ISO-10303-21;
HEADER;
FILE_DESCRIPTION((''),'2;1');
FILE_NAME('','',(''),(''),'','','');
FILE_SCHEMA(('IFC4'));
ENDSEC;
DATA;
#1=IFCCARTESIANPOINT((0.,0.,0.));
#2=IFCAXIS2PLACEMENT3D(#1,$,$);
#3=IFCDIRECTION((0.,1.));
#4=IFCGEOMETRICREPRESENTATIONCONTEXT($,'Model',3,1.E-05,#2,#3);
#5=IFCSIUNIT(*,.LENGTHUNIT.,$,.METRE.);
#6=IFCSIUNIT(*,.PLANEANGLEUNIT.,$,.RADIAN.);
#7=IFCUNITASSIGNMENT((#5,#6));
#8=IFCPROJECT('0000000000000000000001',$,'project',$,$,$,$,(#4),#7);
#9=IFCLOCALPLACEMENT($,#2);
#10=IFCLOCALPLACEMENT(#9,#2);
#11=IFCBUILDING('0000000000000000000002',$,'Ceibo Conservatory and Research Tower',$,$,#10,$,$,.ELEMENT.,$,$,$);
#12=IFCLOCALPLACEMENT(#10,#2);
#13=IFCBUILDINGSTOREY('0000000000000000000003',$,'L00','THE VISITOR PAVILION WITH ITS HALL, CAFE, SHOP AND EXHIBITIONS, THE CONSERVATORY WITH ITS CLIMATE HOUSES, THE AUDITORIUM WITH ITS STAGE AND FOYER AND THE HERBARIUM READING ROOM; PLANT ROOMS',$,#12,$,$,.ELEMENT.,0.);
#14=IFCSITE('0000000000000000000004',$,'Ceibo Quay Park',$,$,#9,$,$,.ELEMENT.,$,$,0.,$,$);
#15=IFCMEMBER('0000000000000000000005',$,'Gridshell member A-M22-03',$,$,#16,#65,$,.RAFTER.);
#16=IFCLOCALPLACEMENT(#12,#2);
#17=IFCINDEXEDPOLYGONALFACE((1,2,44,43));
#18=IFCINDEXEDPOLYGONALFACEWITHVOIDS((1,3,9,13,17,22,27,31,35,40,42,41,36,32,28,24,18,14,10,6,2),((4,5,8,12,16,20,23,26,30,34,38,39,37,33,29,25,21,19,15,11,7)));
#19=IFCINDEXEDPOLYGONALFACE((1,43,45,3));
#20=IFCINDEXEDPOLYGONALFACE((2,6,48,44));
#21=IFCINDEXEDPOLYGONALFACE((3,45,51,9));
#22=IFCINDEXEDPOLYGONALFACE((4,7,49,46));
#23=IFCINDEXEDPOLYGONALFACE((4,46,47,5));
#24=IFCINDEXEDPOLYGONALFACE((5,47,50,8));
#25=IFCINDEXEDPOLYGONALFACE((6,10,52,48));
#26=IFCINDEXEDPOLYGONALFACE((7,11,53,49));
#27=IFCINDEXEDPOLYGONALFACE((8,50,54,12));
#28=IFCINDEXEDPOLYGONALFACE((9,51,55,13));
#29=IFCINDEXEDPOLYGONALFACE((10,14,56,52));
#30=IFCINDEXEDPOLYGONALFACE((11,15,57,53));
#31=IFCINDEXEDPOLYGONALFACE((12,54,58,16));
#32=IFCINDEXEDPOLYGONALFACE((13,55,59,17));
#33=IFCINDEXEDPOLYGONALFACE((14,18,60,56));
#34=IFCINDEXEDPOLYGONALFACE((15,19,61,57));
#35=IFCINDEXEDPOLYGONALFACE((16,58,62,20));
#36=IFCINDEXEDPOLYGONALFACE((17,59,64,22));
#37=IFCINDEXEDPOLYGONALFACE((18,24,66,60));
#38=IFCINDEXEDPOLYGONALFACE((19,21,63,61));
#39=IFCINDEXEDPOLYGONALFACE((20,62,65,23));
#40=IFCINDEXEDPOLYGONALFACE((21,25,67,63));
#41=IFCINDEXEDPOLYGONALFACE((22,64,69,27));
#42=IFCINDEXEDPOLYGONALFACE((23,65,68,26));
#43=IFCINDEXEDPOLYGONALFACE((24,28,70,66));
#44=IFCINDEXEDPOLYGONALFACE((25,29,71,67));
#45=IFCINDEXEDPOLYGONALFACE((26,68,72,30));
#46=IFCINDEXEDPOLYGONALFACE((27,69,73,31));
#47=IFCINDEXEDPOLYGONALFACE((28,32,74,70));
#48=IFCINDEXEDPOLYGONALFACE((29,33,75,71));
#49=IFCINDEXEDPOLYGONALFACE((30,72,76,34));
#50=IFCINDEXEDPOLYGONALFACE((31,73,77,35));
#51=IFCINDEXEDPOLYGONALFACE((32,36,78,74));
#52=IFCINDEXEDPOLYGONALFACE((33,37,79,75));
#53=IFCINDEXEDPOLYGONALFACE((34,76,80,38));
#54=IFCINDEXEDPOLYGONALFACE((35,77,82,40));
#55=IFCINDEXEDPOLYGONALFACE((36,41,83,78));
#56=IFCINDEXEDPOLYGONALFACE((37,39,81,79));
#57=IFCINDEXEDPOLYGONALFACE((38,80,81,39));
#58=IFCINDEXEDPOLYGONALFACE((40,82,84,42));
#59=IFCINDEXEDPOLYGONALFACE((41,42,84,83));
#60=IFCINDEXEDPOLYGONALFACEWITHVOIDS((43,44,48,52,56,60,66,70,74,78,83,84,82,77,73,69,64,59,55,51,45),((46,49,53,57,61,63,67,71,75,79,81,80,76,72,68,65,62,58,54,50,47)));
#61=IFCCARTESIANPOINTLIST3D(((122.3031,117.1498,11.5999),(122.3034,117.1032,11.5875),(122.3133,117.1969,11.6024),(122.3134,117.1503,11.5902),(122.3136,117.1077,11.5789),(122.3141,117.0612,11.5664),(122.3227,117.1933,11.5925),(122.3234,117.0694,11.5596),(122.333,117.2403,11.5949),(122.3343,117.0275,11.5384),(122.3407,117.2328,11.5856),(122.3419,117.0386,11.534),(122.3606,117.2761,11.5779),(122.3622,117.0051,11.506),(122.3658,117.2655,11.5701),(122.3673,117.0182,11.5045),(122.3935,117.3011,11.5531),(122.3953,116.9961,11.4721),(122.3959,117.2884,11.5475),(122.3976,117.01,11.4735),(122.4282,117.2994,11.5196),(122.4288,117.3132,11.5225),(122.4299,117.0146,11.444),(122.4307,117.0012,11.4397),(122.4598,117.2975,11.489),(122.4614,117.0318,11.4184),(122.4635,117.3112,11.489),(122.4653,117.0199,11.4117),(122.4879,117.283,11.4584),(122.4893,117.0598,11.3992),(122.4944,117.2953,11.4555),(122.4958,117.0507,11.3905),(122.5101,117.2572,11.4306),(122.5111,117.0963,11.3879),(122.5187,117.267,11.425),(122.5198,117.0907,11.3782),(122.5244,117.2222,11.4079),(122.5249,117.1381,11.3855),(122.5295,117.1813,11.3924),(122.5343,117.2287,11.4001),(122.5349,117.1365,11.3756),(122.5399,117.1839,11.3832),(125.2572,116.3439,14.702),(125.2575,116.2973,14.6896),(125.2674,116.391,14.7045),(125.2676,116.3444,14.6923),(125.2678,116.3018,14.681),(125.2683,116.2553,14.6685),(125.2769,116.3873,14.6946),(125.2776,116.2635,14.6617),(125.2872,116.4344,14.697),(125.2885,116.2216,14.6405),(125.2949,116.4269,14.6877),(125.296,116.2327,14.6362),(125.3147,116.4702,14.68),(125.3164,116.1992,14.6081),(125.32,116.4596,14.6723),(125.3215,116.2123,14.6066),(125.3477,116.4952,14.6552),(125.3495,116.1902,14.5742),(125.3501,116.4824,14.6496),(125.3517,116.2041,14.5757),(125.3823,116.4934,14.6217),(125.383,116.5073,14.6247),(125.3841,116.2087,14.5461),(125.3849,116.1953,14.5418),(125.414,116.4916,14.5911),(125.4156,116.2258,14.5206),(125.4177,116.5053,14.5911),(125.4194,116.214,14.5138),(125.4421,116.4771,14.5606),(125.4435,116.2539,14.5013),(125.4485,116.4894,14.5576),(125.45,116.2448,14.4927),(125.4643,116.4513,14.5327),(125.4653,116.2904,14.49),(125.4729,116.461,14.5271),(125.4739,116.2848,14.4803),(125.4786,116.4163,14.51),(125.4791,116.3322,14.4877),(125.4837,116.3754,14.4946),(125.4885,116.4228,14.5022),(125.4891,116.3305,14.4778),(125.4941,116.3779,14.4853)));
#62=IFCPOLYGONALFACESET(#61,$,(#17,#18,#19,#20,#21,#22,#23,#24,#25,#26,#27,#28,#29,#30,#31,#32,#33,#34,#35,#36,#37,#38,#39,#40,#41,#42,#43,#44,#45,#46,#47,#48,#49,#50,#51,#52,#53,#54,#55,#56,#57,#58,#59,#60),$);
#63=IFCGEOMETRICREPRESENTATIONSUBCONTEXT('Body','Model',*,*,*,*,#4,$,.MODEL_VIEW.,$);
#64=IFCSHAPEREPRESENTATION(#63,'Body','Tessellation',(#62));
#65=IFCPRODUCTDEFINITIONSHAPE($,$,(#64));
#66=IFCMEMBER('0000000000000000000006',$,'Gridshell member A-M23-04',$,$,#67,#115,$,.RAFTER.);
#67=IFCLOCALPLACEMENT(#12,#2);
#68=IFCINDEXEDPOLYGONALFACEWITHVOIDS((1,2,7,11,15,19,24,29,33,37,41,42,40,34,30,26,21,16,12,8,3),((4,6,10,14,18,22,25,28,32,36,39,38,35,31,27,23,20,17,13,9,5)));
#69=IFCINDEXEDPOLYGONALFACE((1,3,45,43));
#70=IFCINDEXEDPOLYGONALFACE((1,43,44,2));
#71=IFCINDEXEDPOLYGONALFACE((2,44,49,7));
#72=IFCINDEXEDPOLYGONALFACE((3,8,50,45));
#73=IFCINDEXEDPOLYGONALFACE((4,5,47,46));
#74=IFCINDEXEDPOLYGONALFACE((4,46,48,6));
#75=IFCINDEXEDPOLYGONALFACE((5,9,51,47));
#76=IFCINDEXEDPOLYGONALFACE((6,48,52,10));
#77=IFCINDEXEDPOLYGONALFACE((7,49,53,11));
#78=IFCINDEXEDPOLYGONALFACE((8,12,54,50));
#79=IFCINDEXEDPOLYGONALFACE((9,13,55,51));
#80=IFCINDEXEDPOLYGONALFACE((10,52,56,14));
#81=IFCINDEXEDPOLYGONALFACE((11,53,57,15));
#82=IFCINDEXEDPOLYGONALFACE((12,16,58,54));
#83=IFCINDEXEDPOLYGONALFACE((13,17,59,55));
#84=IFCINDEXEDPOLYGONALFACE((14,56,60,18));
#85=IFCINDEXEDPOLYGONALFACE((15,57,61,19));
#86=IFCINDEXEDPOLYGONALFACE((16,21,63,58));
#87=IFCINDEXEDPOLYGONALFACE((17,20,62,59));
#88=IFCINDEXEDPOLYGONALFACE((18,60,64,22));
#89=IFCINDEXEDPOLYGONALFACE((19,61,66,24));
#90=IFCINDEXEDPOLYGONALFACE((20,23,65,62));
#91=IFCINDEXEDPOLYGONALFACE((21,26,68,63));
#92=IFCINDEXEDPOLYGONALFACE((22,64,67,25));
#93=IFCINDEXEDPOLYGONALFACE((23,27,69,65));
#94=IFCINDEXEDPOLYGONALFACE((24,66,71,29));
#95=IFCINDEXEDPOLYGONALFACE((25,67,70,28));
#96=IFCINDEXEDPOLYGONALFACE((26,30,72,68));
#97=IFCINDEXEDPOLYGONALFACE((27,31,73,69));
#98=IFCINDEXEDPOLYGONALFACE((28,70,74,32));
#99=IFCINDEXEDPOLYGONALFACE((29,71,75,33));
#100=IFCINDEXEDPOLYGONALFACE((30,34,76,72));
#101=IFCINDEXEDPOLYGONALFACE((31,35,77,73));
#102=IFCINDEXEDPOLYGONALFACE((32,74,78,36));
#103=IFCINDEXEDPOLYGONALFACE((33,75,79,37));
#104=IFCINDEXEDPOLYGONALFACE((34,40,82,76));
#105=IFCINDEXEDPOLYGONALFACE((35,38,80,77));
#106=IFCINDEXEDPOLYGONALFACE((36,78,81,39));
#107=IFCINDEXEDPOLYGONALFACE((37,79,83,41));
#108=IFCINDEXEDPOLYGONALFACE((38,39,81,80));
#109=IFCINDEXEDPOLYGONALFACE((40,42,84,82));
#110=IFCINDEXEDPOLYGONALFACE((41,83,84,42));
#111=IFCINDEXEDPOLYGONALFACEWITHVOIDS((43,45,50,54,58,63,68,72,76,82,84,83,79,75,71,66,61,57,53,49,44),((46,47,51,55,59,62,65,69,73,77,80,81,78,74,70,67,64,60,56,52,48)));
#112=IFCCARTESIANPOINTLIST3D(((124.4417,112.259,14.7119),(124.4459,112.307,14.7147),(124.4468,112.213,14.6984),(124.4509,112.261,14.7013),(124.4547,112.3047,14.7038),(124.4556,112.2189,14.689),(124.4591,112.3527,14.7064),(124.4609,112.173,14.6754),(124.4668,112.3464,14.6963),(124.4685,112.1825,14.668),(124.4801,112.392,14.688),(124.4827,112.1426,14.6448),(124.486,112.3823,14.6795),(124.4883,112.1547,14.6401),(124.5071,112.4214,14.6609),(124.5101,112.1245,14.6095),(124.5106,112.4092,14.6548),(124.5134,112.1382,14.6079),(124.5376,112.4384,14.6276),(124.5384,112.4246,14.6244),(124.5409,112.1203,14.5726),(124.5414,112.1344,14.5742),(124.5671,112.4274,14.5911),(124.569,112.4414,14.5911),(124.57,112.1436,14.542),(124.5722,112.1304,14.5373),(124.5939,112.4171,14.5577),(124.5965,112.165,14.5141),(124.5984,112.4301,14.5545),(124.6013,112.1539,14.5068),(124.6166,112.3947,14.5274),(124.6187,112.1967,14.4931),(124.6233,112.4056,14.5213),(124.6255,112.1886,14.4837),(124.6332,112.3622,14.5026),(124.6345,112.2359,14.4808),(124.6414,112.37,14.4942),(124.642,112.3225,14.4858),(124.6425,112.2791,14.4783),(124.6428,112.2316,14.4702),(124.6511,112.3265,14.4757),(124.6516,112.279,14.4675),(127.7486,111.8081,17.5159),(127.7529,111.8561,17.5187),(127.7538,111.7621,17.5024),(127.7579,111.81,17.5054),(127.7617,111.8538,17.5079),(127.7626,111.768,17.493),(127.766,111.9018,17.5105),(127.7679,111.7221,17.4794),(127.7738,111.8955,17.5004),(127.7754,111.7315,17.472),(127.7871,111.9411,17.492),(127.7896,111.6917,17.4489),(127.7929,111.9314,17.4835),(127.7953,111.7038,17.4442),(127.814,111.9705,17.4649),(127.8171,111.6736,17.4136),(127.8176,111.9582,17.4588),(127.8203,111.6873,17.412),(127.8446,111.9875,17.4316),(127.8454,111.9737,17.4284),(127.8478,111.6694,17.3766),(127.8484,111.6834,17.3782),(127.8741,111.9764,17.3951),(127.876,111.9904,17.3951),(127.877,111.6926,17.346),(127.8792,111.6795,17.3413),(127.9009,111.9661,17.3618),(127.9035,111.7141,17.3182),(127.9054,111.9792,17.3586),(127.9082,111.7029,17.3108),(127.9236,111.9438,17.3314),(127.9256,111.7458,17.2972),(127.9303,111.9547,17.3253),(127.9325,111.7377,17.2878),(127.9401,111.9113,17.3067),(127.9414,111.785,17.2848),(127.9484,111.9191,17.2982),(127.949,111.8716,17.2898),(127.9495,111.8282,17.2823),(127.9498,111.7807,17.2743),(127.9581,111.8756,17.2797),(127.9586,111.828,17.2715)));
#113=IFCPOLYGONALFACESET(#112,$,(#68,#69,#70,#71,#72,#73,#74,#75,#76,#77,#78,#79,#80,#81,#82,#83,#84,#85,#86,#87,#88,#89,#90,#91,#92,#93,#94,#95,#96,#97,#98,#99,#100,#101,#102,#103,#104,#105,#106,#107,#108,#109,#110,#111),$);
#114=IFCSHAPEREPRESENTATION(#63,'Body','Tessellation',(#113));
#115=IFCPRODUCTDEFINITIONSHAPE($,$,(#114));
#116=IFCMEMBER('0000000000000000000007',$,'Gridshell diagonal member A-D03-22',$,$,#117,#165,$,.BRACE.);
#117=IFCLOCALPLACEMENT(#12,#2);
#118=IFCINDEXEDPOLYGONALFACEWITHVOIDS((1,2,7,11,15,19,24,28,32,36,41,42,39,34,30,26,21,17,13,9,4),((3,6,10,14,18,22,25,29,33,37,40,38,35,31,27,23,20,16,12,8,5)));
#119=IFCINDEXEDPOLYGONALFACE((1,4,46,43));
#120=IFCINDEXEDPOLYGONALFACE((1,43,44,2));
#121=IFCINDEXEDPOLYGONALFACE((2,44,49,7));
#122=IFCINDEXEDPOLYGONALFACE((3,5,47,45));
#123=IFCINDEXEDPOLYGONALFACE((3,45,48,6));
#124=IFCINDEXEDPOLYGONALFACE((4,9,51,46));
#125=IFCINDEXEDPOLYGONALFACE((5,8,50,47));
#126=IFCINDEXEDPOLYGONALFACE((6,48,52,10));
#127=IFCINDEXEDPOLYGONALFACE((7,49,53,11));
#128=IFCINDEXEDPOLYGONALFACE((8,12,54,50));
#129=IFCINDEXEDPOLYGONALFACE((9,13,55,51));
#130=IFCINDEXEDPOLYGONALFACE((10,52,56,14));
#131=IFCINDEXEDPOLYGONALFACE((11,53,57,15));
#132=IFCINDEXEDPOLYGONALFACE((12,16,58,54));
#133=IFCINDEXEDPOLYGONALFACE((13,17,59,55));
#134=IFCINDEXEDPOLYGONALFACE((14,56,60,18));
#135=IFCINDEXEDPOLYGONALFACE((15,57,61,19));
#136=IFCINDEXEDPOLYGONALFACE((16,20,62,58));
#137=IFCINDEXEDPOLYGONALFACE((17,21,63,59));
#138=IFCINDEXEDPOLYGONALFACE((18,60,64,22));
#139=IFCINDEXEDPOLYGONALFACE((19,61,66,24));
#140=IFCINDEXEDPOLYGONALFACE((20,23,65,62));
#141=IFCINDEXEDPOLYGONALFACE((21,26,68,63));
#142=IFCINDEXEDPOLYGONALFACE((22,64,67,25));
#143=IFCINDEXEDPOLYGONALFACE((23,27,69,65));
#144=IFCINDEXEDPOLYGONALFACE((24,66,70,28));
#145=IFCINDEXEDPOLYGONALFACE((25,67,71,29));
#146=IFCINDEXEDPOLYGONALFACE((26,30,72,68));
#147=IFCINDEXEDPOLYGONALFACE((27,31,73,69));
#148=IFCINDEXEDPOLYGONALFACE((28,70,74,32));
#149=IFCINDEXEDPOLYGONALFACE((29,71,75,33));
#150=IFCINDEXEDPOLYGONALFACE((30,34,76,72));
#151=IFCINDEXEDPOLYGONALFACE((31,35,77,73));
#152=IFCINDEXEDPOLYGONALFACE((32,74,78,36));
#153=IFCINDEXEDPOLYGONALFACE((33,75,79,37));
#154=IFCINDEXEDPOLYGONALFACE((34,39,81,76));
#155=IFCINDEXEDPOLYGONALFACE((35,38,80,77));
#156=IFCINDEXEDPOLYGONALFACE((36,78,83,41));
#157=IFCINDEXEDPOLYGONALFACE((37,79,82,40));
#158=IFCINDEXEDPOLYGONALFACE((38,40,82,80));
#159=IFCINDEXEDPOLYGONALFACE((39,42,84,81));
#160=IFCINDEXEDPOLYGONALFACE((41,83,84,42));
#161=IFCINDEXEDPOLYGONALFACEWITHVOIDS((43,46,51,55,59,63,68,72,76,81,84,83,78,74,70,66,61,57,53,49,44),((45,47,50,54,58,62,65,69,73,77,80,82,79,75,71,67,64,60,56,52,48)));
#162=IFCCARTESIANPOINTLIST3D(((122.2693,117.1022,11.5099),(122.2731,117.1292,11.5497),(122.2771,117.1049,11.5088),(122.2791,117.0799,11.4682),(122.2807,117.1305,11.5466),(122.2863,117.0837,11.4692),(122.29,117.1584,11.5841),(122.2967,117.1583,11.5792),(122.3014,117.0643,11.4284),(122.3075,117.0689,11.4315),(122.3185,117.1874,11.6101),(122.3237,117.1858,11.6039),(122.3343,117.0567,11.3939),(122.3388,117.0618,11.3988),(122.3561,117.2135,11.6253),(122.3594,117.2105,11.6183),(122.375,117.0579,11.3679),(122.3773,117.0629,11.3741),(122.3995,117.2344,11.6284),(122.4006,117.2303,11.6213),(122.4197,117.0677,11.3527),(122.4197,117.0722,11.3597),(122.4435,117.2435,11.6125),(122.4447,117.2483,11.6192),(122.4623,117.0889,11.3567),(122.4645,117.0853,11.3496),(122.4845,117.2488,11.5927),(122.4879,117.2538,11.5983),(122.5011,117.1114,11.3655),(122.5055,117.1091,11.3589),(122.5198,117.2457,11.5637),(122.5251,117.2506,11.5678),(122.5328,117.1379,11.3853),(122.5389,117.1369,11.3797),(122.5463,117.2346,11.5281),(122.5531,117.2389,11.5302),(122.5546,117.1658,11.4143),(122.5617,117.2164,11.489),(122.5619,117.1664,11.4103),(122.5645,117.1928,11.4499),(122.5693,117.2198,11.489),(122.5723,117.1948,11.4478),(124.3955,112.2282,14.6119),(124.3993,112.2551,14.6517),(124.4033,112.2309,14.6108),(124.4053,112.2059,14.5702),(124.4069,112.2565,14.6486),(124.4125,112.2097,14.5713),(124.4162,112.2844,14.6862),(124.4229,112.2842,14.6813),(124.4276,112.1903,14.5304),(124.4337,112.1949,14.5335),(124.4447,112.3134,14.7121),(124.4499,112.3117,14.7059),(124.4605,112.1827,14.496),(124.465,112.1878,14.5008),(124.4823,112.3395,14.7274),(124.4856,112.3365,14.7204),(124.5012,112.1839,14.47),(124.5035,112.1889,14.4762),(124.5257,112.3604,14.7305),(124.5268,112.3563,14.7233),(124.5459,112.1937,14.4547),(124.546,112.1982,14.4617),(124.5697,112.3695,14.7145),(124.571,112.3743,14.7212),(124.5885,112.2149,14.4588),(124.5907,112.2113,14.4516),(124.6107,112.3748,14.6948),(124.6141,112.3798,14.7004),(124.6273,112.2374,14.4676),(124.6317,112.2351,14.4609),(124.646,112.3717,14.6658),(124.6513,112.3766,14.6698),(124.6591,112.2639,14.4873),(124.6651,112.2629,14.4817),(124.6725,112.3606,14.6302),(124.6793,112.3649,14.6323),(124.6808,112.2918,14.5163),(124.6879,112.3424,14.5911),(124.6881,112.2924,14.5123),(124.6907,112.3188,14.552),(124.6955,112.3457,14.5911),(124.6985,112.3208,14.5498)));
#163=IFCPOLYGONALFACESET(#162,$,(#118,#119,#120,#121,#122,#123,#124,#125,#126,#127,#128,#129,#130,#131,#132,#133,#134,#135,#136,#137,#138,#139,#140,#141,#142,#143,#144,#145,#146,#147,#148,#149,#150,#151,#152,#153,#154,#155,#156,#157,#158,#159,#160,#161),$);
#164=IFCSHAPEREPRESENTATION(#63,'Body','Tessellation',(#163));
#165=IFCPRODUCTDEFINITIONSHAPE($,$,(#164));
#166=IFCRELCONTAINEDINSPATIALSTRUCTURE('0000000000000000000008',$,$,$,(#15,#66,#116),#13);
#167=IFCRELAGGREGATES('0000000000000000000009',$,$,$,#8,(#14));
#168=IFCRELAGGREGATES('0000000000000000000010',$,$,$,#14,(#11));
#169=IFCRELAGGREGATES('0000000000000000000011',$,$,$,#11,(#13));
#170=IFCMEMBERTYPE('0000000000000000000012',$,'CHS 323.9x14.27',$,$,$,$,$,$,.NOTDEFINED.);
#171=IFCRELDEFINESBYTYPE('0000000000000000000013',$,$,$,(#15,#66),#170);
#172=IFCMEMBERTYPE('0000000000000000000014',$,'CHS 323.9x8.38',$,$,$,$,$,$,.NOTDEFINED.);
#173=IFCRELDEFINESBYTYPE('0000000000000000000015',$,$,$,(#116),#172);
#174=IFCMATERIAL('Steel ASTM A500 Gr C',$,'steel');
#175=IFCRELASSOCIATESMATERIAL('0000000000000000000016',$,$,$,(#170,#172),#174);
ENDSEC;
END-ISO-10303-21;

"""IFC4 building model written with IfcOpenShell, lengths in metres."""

from ifc_helpers import new_model, si_unit, direction, frame, origin, origin_2d, place, context, subcontext, project, spatial, hollow_circle, extrude, material, material_profile, profile_set, type_object, element, save


model = new_model("IFC4")

# Units and contexts
model_context = context("Model", 3, precision=1e-05, world=origin(), true_north=direction((0.0, 1.0)))
body_context = subcontext(model_context, "Body", "Model", "MODEL_VIEW")
ifc_project = project(units=[si_unit("LENGTHUNIT", "METRE"), si_unit("PLANEANGLEUNIT", "RADIAN")], contexts=[model_context])

# Site, building, storey
site_placement = place(None, origin())
site = spatial("IfcSite", under=ifc_project, at=site_placement, Name="Ceibo Quay Park", CompositionType="ELEMENT", RefElevation=0.0)
building_placement = place(site_placement, origin())
building = spatial("IfcBuilding", under=site, at=building_placement, Name="Ceibo Conservatory and Research Tower", CompositionType="ELEMENT")
storey_placement = place(building_placement, origin())
storey = spatial("IfcBuildingStorey", under=building, at=storey_placement, Name="L00", Description="THE VISITOR PAVILION WITH ITS HALL, CAFE, SHOP AND EXHIBITIONS, THE CONSERVATORY WITH ITS CLIMATE HOUSES, THE AUDITORIUM WITH ITS STAGE AND FOYER AND THE HERBARIUM READING ROOM; PLANT ROOMS", CompositionType="ELEMENT", Elevation=0.0)

# Members
ifc_material_1 = material(Name="Steel ASTM A500 Gr C", Category="steel")
ifc_material_profile_1 = material_profile(ifc_material_1, hollow_circle(Radius=0.1619, WallThickness=0.0142, at=origin_2d()), Name="CHS 323.9x14.27")
ifc_profile_set_1 = profile_set([ifc_material_profile_1], Name="Steel ASTM A500 Gr C")
member_type_1 = type_object("IfcMemberType", Name="CHS 323.9x14.27", PredefinedType="NOTDEFINED", material=ifc_profile_set_1)
member_1_placement = place(storey_placement, frame((122.4209, 117.155, 11.489), z_axis=(0.677737, -0.184893, 0.711679), x_axis=(0.263192, 0.964744, 0.0)))
element("IfcMember", 1, at=member_1_placement, inside=storey, type_object=member_type_1, Name="Gridshell member A-M22-03", PredefinedType="RAFTER", context=body_context, shape_type="SweptSolid", body=[
    extrude(hollow_circle(Radius=0.1619, WallThickness=0.0142, at=origin_2d()), origin(), (0.0, 0.0, 1.0), 4.3589),
])
member_2_placement = place(storey_placement, frame((124.5471, 112.281, 14.5911), z_axis=(0.758632, -0.103447, 0.643255), x_axis=(0.13511, 0.990831, 0.0)))
element("IfcMember", 2, at=member_2_placement, inside=storey, type_object=member_type_1, Name="Gridshell member A-M23-04", PredefinedType="RAFTER", context=body_context, shape_type="SweptSolid", body=[
    extrude(hollow_circle(Radius=0.1619, WallThickness=0.0142, at=origin_2d()), origin(), (0.0, 0.0, 1.0), 4.3591),
])
ifc_material_profile_2 = material_profile(ifc_material_1, hollow_circle(Radius=0.1619, WallThickness=0.0083, at=origin_2d()), Name="CHS 323.9x8.38")
ifc_profile_set_2 = profile_set([ifc_material_profile_2], Name="Steel ASTM A500 Gr C")
member_type_2 = type_object("IfcMemberType", Name="CHS 323.9x8.38", PredefinedType="NOTDEFINED", material=ifc_profile_set_2)
member_3_placement = place(storey_placement, frame((122.4209, 117.155, 11.489), z_axis=(0.345375, -0.791717, 0.503885), x_axis=(0.916583, 0.399846, 0.0)))
element("IfcMember", 3, at=member_3_placement, inside=storey, type_object=member_type_2, Name="Gridshell diagonal member A-D03-22", PredefinedType="BRACE", context=body_context, shape_type="SweptSolid", body=[
    extrude(hollow_circle(Radius=0.1619, WallThickness=0.0083, at=origin_2d()), origin(), (0.0, 0.0, 1.0), 6.1562),
])

save(model, "model.ifc")
